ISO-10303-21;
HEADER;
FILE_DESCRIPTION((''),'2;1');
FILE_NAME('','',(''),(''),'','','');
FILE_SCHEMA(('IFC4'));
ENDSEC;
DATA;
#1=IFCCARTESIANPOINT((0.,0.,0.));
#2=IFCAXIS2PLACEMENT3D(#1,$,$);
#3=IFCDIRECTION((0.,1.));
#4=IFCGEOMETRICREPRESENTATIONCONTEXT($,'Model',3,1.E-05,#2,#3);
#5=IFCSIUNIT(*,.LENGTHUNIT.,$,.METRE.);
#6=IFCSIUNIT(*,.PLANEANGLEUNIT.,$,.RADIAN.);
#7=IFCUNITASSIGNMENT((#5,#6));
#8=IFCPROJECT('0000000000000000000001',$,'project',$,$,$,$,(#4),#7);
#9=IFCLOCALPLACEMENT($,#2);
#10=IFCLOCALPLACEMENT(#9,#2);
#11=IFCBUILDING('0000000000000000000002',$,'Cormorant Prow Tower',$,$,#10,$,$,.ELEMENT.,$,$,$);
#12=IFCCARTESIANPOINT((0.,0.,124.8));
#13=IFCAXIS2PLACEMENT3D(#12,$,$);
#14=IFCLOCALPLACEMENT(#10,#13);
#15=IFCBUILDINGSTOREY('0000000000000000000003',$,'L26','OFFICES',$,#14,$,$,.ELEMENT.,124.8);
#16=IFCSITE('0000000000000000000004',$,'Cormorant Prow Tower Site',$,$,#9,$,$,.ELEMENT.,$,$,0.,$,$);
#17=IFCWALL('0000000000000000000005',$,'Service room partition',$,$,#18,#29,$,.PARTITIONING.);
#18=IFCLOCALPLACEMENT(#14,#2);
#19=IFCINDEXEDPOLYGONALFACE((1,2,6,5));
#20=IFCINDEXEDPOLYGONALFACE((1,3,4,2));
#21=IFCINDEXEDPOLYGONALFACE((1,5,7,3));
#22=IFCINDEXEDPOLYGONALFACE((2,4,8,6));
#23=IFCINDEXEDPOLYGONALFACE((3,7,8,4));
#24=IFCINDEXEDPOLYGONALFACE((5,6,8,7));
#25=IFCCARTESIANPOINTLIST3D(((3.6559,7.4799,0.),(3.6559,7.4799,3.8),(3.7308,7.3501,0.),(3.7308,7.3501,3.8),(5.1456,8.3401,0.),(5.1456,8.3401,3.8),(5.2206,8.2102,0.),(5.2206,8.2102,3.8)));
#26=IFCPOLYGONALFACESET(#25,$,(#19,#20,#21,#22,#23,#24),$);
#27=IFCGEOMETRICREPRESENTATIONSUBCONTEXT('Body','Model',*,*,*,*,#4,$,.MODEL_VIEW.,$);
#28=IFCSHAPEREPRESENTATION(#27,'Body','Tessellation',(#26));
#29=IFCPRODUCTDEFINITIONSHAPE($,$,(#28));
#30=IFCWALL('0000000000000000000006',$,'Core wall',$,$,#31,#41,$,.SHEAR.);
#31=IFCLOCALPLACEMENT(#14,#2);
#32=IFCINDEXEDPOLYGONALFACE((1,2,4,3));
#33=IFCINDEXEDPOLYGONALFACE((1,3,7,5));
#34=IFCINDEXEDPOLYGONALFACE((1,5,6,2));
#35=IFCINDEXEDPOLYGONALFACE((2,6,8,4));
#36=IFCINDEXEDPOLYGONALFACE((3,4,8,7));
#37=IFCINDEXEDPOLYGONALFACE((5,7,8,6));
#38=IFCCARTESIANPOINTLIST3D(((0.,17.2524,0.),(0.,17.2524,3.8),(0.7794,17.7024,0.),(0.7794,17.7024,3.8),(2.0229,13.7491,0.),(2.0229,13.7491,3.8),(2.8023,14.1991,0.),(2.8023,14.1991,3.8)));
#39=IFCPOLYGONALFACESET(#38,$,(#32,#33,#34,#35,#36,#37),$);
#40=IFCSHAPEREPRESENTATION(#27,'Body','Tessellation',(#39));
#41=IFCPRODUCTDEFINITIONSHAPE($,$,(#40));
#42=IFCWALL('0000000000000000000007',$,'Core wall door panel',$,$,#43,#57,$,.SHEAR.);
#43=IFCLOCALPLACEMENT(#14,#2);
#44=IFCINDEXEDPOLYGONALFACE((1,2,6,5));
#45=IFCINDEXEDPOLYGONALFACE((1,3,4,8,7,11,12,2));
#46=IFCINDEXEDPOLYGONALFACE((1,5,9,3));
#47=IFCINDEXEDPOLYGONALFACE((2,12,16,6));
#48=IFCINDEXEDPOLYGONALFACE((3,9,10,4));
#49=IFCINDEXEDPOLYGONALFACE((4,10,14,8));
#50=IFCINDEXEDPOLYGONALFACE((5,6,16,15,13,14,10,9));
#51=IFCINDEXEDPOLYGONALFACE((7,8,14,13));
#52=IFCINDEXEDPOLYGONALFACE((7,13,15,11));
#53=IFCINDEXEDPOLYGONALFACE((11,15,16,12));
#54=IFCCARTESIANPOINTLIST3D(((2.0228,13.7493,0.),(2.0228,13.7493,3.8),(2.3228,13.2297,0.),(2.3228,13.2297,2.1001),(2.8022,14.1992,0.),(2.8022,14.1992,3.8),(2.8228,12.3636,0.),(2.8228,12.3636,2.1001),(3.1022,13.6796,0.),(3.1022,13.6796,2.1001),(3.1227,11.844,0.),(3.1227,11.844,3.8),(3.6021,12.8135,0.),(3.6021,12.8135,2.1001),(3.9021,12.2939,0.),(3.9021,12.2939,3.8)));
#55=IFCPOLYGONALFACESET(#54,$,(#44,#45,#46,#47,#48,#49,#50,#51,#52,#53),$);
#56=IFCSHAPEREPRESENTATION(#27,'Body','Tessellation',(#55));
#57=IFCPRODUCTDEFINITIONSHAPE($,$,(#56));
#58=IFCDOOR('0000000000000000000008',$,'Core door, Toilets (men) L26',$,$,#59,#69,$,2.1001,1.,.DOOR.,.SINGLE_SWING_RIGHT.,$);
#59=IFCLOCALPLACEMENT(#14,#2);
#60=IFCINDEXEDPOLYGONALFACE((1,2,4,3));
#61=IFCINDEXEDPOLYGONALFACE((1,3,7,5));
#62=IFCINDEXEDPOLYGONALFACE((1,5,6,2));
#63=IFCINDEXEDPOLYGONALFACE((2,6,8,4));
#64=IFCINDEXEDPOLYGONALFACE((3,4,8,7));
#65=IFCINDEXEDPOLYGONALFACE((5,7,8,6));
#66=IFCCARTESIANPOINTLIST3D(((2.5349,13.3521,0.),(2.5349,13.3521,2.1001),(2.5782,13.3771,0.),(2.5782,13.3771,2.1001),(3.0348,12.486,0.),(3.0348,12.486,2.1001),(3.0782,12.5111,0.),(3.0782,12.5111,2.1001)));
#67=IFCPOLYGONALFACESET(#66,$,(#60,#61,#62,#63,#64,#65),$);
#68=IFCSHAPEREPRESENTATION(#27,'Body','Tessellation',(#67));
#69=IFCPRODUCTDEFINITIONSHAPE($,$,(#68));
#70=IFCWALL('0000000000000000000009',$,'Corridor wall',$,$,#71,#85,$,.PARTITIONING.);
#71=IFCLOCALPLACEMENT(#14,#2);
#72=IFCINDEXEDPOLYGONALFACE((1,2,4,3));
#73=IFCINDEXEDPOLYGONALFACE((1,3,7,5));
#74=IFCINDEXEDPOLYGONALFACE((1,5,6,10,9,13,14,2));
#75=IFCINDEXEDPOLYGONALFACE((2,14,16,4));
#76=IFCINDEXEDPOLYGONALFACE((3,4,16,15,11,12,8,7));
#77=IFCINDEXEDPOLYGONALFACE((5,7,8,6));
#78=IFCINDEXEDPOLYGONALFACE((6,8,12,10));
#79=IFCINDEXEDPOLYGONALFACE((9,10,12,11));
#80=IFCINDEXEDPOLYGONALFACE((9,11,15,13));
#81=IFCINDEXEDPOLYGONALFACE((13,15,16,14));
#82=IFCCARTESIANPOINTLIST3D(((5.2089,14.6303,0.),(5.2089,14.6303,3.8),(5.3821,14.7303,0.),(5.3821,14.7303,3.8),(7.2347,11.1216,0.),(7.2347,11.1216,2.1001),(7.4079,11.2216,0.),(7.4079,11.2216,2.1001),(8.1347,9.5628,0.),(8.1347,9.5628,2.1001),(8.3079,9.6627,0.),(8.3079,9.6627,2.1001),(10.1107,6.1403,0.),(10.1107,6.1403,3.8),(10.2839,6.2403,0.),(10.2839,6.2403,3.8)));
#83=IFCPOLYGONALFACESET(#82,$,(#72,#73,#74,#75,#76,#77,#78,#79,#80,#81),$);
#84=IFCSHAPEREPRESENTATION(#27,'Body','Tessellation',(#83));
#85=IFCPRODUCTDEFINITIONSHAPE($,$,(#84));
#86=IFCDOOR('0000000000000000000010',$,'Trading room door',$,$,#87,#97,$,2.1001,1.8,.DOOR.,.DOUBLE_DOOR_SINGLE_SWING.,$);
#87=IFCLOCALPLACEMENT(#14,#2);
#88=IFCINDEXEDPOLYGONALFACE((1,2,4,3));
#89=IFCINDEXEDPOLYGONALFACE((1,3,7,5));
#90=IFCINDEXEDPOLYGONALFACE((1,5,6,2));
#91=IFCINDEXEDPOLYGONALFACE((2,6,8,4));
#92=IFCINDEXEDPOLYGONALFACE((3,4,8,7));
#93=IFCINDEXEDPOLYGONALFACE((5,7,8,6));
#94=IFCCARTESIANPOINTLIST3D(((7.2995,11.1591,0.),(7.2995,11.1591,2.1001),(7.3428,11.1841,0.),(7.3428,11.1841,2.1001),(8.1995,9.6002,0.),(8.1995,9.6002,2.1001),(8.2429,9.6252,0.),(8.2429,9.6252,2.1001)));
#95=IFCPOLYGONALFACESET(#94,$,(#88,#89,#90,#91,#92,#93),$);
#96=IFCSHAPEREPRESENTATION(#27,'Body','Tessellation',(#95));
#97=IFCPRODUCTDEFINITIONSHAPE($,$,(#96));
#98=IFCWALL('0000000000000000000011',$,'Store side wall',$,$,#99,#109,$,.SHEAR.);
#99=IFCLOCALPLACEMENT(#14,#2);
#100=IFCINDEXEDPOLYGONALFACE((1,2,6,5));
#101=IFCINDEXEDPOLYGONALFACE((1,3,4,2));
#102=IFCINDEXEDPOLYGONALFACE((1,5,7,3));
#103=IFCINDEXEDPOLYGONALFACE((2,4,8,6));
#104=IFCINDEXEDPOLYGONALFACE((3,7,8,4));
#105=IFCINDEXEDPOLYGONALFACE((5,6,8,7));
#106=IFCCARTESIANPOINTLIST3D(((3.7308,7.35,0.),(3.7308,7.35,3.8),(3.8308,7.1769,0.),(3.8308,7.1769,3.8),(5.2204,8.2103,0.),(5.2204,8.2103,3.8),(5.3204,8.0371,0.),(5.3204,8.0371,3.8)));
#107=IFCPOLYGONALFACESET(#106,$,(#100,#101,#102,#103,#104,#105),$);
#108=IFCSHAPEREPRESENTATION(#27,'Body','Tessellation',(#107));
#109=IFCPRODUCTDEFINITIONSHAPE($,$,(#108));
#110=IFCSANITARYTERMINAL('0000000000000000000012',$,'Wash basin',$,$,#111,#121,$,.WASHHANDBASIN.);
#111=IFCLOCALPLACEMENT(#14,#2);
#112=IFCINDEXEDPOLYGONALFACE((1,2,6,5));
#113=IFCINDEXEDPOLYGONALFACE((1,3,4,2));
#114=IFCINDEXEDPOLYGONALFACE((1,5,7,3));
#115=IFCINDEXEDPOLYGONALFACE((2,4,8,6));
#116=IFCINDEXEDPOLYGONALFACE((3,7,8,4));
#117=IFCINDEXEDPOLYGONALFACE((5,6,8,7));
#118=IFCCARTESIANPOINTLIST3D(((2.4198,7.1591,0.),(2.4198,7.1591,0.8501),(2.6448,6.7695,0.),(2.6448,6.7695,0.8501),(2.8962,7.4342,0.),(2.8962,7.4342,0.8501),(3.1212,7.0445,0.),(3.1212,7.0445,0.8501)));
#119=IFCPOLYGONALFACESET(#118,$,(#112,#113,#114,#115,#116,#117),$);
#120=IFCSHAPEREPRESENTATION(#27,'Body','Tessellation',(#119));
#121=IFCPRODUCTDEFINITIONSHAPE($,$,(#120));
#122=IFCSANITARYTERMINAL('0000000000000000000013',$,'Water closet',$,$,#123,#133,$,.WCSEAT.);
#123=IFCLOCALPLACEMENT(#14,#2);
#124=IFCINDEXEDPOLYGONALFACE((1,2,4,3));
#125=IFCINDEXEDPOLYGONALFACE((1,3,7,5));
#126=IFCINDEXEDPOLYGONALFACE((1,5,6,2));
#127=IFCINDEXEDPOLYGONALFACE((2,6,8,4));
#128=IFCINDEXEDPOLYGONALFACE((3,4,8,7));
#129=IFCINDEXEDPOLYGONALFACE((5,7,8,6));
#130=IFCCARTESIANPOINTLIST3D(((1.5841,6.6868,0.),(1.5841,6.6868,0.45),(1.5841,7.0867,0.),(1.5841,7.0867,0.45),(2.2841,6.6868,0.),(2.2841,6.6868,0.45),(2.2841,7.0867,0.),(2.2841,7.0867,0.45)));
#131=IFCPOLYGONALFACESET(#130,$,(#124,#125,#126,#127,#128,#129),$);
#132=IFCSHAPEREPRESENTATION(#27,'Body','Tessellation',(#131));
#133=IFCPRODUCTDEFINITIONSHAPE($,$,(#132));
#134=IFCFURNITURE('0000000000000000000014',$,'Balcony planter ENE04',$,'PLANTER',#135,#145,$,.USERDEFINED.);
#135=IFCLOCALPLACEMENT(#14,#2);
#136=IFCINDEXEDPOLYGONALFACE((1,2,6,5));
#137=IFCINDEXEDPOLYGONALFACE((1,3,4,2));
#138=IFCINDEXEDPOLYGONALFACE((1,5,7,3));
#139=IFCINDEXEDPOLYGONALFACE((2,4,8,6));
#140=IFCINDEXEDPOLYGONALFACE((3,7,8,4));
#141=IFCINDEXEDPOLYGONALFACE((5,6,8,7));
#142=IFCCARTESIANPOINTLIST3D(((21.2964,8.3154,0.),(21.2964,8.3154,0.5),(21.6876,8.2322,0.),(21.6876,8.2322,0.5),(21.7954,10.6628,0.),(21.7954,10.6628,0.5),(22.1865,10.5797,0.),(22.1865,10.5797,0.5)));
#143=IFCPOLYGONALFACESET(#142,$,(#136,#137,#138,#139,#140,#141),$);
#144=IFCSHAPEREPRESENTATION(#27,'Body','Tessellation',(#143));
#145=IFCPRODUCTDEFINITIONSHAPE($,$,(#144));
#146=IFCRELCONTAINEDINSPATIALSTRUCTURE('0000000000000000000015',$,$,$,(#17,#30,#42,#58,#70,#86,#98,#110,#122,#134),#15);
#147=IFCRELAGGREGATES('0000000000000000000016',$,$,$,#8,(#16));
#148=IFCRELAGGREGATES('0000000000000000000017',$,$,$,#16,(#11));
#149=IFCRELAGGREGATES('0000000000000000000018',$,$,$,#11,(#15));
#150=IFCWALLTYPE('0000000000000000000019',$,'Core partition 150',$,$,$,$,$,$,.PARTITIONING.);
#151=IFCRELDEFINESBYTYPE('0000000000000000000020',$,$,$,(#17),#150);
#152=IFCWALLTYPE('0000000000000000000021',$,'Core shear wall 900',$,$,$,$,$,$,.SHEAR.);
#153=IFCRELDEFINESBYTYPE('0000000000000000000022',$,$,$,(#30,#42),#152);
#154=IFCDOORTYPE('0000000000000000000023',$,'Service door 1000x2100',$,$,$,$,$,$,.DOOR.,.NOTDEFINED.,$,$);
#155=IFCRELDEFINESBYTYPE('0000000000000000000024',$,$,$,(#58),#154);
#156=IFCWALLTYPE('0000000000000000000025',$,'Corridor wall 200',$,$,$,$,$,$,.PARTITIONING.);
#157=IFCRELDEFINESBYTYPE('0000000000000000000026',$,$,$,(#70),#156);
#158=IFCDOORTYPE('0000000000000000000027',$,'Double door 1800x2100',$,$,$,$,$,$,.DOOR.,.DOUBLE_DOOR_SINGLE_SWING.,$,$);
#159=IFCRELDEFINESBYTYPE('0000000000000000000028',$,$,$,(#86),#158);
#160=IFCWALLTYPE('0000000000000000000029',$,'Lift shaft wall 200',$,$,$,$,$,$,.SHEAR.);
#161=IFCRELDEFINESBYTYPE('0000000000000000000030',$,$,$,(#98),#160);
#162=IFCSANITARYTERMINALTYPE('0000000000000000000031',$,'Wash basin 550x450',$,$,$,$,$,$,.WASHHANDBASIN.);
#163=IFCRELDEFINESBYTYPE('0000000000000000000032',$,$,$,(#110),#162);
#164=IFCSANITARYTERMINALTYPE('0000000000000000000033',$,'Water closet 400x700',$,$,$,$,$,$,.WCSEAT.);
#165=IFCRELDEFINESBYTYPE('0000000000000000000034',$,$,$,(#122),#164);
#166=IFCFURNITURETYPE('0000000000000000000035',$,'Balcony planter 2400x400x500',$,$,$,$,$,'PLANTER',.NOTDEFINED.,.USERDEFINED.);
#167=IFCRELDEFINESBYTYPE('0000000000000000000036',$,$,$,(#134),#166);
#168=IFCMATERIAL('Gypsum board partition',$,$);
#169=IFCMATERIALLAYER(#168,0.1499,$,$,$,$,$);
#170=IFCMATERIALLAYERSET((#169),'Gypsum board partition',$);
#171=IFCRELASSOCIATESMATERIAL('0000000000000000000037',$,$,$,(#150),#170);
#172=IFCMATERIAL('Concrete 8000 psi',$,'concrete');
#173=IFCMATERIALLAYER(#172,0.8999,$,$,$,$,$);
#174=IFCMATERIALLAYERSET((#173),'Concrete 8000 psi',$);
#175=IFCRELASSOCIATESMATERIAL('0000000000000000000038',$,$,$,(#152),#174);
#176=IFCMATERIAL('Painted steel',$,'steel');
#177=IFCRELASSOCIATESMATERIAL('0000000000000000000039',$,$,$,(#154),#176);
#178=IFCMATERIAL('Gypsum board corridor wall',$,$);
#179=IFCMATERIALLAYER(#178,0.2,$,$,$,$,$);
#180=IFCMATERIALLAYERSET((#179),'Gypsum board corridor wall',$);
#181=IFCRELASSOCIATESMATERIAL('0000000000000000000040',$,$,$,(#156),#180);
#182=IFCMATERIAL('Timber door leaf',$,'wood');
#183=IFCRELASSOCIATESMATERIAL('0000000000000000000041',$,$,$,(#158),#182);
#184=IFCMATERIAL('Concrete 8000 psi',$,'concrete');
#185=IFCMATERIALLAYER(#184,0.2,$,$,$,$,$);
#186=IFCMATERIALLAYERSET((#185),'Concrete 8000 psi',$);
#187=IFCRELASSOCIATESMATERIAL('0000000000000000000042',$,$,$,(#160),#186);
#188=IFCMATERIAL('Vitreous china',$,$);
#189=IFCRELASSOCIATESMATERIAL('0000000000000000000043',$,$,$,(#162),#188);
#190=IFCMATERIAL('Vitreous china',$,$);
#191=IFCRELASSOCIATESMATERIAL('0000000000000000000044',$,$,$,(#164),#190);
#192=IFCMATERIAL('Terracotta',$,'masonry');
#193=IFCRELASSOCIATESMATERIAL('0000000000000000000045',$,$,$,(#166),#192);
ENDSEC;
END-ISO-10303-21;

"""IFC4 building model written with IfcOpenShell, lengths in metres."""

from ifc_helpers import new_model, si_unit, direction, frame, frame_2d, origin, origin_2d, place, context, subcontext, project, spatial, rectangle, extrude, material, layer, layer_set, type_object, element, fill, save


model = new_model("IFC4")

# Units and contexts
model_context = context("Model", 3, precision=1e-05, world=origin(), true_north=direction((0.0, 1.0)))
body_context = subcontext(model_context, "Body", "Model", "MODEL_VIEW")
ifc_project = project(units=[si_unit("LENGTHUNIT", "METRE"), si_unit("PLANEANGLEUNIT", "RADIAN")], contexts=[model_context])

# Site, building, storey
site_placement = place(None, origin())
site = spatial("IfcSite", under=ifc_project, at=site_placement, Name="Cormorant Prow Tower Site", CompositionType="ELEMENT", RefElevation=0.0)
building_placement = place(site_placement, origin())
building = spatial("IfcBuilding", under=site, at=building_placement, Name="Cormorant Prow Tower", CompositionType="ELEMENT")
storey_placement = place(building_placement, frame((0.0, 0.0, 124.8)))
storey = spatial("IfcBuildingStorey", under=building, at=storey_placement, Name="L26", Description="OFFICES", CompositionType="ELEMENT", Elevation=124.8)

# Walls
ifc_material_1 = material(Name="Gypsum board partition")
ifc_layer_1 = layer(ifc_material_1, 0.1499)
ifc_layer_set_1 = layer_set([ifc_layer_1], Name="Gypsum board partition")
wall_type_1 = type_object("IfcWallType", Name="Core partition 150", PredefinedType="PARTITIONING", material=ifc_layer_set_1)
wall_1_placement = place(storey_placement, frame((3.6934, 7.415, 0.0), z_axis=(0.0, 0.0, 1.0), x_axis=(0.866025, 0.500001, 0.0)))
element("IfcWall", 1, at=wall_1_placement, inside=storey, type_object=wall_type_1, Name="Service room partition", PredefinedType="PARTITIONING", context=body_context, shape_type="SweptSolid", body=[
    extrude(rectangle(XDim=1.7202, YDim=0.1499, at=frame_2d((0.8601, 0.0))), origin(), (0.0, 0.0, 1.0), 3.8),
])
ifc_material_2 = material(Name="Concrete 8000 psi", Category="concrete")
ifc_layer_2 = layer(ifc_material_2, 0.8999)
ifc_layer_set_2 = layer_set([ifc_layer_2], Name="Concrete 8000 psi")
wall_type_2 = type_object("IfcWallType", Name="Core shear wall 900", PredefinedType="SHEAR", material=ifc_layer_set_2)
wall_2_placement = place(storey_placement, frame((2.4126, 13.9741, 0.0), z_axis=(0.0, 0.0, 1.0), x_axis=(-0.500046, 0.865999, 0.0)))
element("IfcWall", 2, at=wall_2_placement, inside=storey, type_object=wall_type_2, Name="Core wall", PredefinedType="SHEAR", context=body_context, shape_type="SweptSolid", body=[
    extrude(rectangle(XDim=4.0454, YDim=0.8999, at=frame_2d((2.0227, 0.0))), origin(), (0.0, 0.0, 1.0), 3.8),
])

# Walls, openings, doors
wall_3_placement = place(storey_placement, frame((3.5125, 12.0688, 0.0), z_axis=(0.0, 0.0, 1.0), x_axis=(-0.499947, 0.866056, 0.0)))
wall_3 = element("IfcWall", 3, at=wall_3_placement, inside=storey, type_object=wall_type_2, Name="Core wall door panel", PredefinedType="SHEAR", context=body_context, shape_type="SweptSolid", body=[
    extrude(rectangle(XDim=2.2, YDim=0.8999, at=frame_2d((1.1001, 0.0))), origin(), (0.0, 0.0, 1.0), 3.8),
])
opening_1_placement = place(wall_3_placement, frame((0.6001, 0.0, 0.0)))
opening_1 = element("IfcOpeningElement", 4, at=opening_1_placement, cuts=wall_3, PredefinedType="OPENING", context=body_context, shape_type="SweptSolid", body=[
    extrude(rectangle(XDim=1.0, YDim=2.1001, at=frame_2d((0.5, 1.05))), frame((0.0, 0.46, 0.0), z_axis=(0.0, -1.0, 0.0), x_axis=(1.0, 0.0, 0.0)), (0.0, 0.0, 1.0), 0.9199),
])
ifc_material_3 = material(Name="Painted steel", Category="steel")
door_type_1 = type_object("IfcDoorType", Name="Service door 1000x2100", OperationType="NOTDEFINED", PredefinedType="DOOR", material=ifc_material_3)
door_1_placement = place(opening_1_placement, origin())
door_1 = element("IfcDoor", 5, at=door_1_placement, inside=storey, type_object=door_type_1, Name="Core door, Toilets (men) L26", OperationType="SINGLE_SWING_RIGHT", OverallHeight=2.1001, OverallWidth=1.0, PredefinedType="DOOR", context=body_context, shape_type="SweptSolid", body=[
    extrude(rectangle(XDim=1.0, YDim=2.1001, at=frame_2d((0.5, 1.05))), frame((0.0, 0.2051, 0.0), z_axis=(0.0, -1.0, 0.0), x_axis=(1.0, 0.0, 0.0)), (0.0, 0.0, 1.0), 0.05),
])
fill(opening_1, door_1)
ifc_material_4 = material(Name="Gypsum board corridor wall")
ifc_layer_3 = layer(ifc_material_4, 0.2)
ifc_layer_set_3 = layer_set([ifc_layer_3], Name="Gypsum board corridor wall")
wall_type_3 = type_object("IfcWallType", Name="Corridor wall 200", PredefinedType="PARTITIONING", material=ifc_layer_set_3)
wall_4_placement = place(storey_placement, frame((5.2954, 14.6804, 0.0), z_axis=(0.0, 0.0, 1.0), x_axis=(0.500012, -0.866018, 0.0)))
wall_4 = element("IfcWall", 6, at=wall_4_placement, inside=storey, type_object=wall_type_3, Name="Corridor wall", PredefinedType="PARTITIONING", context=body_context, shape_type="SweptSolid", body=[
    extrude(rectangle(XDim=9.8035, YDim=0.2, at=frame_2d((4.9019, 0.0))), origin(), (0.0, 0.0, 1.0), 3.8),
])
opening_2_placement = place(wall_4_placement, frame((4.0518, 0.0, 0.0)))
opening_2 = element("IfcOpeningElement", 7, at=opening_2_placement, cuts=wall_4, PredefinedType="OPENING", context=body_context, shape_type="SweptSolid", body=[
    extrude(rectangle(XDim=1.8, YDim=2.1001, at=frame_2d((0.8999, 1.05))), frame((0.0, 0.1099, 0.0), z_axis=(0.0, -1.0, 0.0), x_axis=(1.0, 0.0, 0.0)), (0.0, 0.0, 1.0), 0.22),
])
ifc_material_5 = material(Name="Timber door leaf", Category="wood")
door_type_2 = type_object("IfcDoorType", Name="Double door 1800x2100", OperationType="DOUBLE_DOOR_SINGLE_SWING", PredefinedType="DOOR", material=ifc_material_5)
door_2_placement = place(opening_2_placement, origin())
door_2 = element("IfcDoor", 8, at=door_2_placement, inside=storey, type_object=door_type_2, Name="Trading room door", OperationType="DOUBLE_DOOR_SINGLE_SWING", OverallHeight=2.1001, OverallWidth=1.8, PredefinedType="DOOR", context=body_context, shape_type="SweptSolid", body=[
    extrude(rectangle(XDim=1.8, YDim=2.1001, at=frame_2d((0.8999, 1.05))), frame((0.0, 0.0249, 0.0), z_axis=(0.0, -1.0, 0.0), x_axis=(1.0, 0.0, 0.0)), (0.0, 0.0, 1.0), 0.05),
])
fill(opening_2, door_2)

# Wall
ifc_material_6 = material(Name="Concrete 8000 psi", Category="concrete")
ifc_layer_4 = layer(ifc_material_6, 0.2)
ifc_layer_set_4 = layer_set([ifc_layer_4], Name="Concrete 8000 psi")
wall_type_4 = type_object("IfcWallType", Name="Lift shaft wall 200", PredefinedType="SHEAR", material=ifc_layer_set_4)
wall_5_placement = place(storey_placement, frame((3.7808, 7.2634, 0.0), z_axis=(0.0, 0.0, 1.0), x_axis=(0.865963, 0.500107, 0.0)))
element("IfcWall", 9, at=wall_5_placement, inside=storey, type_object=wall_type_4, Name="Store side wall", PredefinedType="SHEAR", context=body_context, shape_type="SweptSolid", body=[
    extrude(rectangle(XDim=1.7202, YDim=0.2, at=frame_2d((0.8601, 0.0))), origin(), (0.0, 0.0, 1.0), 3.8),
])

# Sanitary terminals
ifc_material_7 = material(Name="Vitreous china")
sanitary_terminal_type_1 = type_object("IfcSanitaryTerminalType", Name="Wash basin 550x450", PredefinedType="WASHHANDBASIN", material=ifc_material_7)
sanitary_terminal_1_placement = place(storey_placement, frame((2.7705, 7.1018, 0.0), z_axis=(0.0, 0.0, 1.0), x_axis=(0.866034, 0.499985, 0.0)))
element("IfcSanitaryTerminal", 10, at=sanitary_terminal_1_placement, inside=storey, type_object=sanitary_terminal_type_1, Name="Wash basin", PredefinedType="WASHHANDBASIN", context=body_context, shape_type="SweptSolid", body=[
    extrude(rectangle(XDim=0.55, YDim=0.45, at=origin_2d()), origin(), (0.0, 0.0, 1.0), 0.8501),
])
ifc_material_8 = material(Name="Vitreous china")
sanitary_terminal_type_2 = type_object("IfcSanitaryTerminalType", Name="Water closet 400x700", PredefinedType="WCSEAT", material=ifc_material_8)
sanitary_terminal_2_placement = place(storey_placement, frame((1.9341, 6.8867, 0.0), z_axis=(0.0, 0.0, 1.0), x_axis=(0.0, -1.0, 0.0)))
element("IfcSanitaryTerminal", 11, at=sanitary_terminal_2_placement, inside=storey, type_object=sanitary_terminal_type_2, Name="Water closet", PredefinedType="WCSEAT", context=body_context, shape_type="SweptSolid", body=[
    extrude(rectangle(XDim=0.3999, YDim=0.7, at=origin_2d()), origin(), (0.0, 0.0, 1.0), 0.45),
])

# Furniture
ifc_material_9 = material(Name="Terracotta", Category="masonry")
furniture_type = type_object("IfcFurnitureType", Name="Balcony planter 2400x400x500", ElementType="PLANTER", AssemblyPlace="NOTDEFINED", PredefinedType="USERDEFINED", material=ifc_material_9)
furniture_placement = place(storey_placement, frame((21.7415, 9.4475, 0.0), z_axis=(0.0, 0.0, 1.0), x_axis=(0.207912, 0.978148, 0.0)))
element("IfcFurniture", 12, at=furniture_placement, inside=storey, type_object=furniture_type, Name="Balcony planter ENE04", ObjectType="PLANTER", PredefinedType="USERDEFINED", context=body_context, shape_type="SweptSolid", body=[
    extrude(rectangle(XDim=2.3999, YDim=0.3999, at=origin_2d()), origin(), (0.0, 0.0, 1.0), 0.5),
])

save(model, "model.ifc")
